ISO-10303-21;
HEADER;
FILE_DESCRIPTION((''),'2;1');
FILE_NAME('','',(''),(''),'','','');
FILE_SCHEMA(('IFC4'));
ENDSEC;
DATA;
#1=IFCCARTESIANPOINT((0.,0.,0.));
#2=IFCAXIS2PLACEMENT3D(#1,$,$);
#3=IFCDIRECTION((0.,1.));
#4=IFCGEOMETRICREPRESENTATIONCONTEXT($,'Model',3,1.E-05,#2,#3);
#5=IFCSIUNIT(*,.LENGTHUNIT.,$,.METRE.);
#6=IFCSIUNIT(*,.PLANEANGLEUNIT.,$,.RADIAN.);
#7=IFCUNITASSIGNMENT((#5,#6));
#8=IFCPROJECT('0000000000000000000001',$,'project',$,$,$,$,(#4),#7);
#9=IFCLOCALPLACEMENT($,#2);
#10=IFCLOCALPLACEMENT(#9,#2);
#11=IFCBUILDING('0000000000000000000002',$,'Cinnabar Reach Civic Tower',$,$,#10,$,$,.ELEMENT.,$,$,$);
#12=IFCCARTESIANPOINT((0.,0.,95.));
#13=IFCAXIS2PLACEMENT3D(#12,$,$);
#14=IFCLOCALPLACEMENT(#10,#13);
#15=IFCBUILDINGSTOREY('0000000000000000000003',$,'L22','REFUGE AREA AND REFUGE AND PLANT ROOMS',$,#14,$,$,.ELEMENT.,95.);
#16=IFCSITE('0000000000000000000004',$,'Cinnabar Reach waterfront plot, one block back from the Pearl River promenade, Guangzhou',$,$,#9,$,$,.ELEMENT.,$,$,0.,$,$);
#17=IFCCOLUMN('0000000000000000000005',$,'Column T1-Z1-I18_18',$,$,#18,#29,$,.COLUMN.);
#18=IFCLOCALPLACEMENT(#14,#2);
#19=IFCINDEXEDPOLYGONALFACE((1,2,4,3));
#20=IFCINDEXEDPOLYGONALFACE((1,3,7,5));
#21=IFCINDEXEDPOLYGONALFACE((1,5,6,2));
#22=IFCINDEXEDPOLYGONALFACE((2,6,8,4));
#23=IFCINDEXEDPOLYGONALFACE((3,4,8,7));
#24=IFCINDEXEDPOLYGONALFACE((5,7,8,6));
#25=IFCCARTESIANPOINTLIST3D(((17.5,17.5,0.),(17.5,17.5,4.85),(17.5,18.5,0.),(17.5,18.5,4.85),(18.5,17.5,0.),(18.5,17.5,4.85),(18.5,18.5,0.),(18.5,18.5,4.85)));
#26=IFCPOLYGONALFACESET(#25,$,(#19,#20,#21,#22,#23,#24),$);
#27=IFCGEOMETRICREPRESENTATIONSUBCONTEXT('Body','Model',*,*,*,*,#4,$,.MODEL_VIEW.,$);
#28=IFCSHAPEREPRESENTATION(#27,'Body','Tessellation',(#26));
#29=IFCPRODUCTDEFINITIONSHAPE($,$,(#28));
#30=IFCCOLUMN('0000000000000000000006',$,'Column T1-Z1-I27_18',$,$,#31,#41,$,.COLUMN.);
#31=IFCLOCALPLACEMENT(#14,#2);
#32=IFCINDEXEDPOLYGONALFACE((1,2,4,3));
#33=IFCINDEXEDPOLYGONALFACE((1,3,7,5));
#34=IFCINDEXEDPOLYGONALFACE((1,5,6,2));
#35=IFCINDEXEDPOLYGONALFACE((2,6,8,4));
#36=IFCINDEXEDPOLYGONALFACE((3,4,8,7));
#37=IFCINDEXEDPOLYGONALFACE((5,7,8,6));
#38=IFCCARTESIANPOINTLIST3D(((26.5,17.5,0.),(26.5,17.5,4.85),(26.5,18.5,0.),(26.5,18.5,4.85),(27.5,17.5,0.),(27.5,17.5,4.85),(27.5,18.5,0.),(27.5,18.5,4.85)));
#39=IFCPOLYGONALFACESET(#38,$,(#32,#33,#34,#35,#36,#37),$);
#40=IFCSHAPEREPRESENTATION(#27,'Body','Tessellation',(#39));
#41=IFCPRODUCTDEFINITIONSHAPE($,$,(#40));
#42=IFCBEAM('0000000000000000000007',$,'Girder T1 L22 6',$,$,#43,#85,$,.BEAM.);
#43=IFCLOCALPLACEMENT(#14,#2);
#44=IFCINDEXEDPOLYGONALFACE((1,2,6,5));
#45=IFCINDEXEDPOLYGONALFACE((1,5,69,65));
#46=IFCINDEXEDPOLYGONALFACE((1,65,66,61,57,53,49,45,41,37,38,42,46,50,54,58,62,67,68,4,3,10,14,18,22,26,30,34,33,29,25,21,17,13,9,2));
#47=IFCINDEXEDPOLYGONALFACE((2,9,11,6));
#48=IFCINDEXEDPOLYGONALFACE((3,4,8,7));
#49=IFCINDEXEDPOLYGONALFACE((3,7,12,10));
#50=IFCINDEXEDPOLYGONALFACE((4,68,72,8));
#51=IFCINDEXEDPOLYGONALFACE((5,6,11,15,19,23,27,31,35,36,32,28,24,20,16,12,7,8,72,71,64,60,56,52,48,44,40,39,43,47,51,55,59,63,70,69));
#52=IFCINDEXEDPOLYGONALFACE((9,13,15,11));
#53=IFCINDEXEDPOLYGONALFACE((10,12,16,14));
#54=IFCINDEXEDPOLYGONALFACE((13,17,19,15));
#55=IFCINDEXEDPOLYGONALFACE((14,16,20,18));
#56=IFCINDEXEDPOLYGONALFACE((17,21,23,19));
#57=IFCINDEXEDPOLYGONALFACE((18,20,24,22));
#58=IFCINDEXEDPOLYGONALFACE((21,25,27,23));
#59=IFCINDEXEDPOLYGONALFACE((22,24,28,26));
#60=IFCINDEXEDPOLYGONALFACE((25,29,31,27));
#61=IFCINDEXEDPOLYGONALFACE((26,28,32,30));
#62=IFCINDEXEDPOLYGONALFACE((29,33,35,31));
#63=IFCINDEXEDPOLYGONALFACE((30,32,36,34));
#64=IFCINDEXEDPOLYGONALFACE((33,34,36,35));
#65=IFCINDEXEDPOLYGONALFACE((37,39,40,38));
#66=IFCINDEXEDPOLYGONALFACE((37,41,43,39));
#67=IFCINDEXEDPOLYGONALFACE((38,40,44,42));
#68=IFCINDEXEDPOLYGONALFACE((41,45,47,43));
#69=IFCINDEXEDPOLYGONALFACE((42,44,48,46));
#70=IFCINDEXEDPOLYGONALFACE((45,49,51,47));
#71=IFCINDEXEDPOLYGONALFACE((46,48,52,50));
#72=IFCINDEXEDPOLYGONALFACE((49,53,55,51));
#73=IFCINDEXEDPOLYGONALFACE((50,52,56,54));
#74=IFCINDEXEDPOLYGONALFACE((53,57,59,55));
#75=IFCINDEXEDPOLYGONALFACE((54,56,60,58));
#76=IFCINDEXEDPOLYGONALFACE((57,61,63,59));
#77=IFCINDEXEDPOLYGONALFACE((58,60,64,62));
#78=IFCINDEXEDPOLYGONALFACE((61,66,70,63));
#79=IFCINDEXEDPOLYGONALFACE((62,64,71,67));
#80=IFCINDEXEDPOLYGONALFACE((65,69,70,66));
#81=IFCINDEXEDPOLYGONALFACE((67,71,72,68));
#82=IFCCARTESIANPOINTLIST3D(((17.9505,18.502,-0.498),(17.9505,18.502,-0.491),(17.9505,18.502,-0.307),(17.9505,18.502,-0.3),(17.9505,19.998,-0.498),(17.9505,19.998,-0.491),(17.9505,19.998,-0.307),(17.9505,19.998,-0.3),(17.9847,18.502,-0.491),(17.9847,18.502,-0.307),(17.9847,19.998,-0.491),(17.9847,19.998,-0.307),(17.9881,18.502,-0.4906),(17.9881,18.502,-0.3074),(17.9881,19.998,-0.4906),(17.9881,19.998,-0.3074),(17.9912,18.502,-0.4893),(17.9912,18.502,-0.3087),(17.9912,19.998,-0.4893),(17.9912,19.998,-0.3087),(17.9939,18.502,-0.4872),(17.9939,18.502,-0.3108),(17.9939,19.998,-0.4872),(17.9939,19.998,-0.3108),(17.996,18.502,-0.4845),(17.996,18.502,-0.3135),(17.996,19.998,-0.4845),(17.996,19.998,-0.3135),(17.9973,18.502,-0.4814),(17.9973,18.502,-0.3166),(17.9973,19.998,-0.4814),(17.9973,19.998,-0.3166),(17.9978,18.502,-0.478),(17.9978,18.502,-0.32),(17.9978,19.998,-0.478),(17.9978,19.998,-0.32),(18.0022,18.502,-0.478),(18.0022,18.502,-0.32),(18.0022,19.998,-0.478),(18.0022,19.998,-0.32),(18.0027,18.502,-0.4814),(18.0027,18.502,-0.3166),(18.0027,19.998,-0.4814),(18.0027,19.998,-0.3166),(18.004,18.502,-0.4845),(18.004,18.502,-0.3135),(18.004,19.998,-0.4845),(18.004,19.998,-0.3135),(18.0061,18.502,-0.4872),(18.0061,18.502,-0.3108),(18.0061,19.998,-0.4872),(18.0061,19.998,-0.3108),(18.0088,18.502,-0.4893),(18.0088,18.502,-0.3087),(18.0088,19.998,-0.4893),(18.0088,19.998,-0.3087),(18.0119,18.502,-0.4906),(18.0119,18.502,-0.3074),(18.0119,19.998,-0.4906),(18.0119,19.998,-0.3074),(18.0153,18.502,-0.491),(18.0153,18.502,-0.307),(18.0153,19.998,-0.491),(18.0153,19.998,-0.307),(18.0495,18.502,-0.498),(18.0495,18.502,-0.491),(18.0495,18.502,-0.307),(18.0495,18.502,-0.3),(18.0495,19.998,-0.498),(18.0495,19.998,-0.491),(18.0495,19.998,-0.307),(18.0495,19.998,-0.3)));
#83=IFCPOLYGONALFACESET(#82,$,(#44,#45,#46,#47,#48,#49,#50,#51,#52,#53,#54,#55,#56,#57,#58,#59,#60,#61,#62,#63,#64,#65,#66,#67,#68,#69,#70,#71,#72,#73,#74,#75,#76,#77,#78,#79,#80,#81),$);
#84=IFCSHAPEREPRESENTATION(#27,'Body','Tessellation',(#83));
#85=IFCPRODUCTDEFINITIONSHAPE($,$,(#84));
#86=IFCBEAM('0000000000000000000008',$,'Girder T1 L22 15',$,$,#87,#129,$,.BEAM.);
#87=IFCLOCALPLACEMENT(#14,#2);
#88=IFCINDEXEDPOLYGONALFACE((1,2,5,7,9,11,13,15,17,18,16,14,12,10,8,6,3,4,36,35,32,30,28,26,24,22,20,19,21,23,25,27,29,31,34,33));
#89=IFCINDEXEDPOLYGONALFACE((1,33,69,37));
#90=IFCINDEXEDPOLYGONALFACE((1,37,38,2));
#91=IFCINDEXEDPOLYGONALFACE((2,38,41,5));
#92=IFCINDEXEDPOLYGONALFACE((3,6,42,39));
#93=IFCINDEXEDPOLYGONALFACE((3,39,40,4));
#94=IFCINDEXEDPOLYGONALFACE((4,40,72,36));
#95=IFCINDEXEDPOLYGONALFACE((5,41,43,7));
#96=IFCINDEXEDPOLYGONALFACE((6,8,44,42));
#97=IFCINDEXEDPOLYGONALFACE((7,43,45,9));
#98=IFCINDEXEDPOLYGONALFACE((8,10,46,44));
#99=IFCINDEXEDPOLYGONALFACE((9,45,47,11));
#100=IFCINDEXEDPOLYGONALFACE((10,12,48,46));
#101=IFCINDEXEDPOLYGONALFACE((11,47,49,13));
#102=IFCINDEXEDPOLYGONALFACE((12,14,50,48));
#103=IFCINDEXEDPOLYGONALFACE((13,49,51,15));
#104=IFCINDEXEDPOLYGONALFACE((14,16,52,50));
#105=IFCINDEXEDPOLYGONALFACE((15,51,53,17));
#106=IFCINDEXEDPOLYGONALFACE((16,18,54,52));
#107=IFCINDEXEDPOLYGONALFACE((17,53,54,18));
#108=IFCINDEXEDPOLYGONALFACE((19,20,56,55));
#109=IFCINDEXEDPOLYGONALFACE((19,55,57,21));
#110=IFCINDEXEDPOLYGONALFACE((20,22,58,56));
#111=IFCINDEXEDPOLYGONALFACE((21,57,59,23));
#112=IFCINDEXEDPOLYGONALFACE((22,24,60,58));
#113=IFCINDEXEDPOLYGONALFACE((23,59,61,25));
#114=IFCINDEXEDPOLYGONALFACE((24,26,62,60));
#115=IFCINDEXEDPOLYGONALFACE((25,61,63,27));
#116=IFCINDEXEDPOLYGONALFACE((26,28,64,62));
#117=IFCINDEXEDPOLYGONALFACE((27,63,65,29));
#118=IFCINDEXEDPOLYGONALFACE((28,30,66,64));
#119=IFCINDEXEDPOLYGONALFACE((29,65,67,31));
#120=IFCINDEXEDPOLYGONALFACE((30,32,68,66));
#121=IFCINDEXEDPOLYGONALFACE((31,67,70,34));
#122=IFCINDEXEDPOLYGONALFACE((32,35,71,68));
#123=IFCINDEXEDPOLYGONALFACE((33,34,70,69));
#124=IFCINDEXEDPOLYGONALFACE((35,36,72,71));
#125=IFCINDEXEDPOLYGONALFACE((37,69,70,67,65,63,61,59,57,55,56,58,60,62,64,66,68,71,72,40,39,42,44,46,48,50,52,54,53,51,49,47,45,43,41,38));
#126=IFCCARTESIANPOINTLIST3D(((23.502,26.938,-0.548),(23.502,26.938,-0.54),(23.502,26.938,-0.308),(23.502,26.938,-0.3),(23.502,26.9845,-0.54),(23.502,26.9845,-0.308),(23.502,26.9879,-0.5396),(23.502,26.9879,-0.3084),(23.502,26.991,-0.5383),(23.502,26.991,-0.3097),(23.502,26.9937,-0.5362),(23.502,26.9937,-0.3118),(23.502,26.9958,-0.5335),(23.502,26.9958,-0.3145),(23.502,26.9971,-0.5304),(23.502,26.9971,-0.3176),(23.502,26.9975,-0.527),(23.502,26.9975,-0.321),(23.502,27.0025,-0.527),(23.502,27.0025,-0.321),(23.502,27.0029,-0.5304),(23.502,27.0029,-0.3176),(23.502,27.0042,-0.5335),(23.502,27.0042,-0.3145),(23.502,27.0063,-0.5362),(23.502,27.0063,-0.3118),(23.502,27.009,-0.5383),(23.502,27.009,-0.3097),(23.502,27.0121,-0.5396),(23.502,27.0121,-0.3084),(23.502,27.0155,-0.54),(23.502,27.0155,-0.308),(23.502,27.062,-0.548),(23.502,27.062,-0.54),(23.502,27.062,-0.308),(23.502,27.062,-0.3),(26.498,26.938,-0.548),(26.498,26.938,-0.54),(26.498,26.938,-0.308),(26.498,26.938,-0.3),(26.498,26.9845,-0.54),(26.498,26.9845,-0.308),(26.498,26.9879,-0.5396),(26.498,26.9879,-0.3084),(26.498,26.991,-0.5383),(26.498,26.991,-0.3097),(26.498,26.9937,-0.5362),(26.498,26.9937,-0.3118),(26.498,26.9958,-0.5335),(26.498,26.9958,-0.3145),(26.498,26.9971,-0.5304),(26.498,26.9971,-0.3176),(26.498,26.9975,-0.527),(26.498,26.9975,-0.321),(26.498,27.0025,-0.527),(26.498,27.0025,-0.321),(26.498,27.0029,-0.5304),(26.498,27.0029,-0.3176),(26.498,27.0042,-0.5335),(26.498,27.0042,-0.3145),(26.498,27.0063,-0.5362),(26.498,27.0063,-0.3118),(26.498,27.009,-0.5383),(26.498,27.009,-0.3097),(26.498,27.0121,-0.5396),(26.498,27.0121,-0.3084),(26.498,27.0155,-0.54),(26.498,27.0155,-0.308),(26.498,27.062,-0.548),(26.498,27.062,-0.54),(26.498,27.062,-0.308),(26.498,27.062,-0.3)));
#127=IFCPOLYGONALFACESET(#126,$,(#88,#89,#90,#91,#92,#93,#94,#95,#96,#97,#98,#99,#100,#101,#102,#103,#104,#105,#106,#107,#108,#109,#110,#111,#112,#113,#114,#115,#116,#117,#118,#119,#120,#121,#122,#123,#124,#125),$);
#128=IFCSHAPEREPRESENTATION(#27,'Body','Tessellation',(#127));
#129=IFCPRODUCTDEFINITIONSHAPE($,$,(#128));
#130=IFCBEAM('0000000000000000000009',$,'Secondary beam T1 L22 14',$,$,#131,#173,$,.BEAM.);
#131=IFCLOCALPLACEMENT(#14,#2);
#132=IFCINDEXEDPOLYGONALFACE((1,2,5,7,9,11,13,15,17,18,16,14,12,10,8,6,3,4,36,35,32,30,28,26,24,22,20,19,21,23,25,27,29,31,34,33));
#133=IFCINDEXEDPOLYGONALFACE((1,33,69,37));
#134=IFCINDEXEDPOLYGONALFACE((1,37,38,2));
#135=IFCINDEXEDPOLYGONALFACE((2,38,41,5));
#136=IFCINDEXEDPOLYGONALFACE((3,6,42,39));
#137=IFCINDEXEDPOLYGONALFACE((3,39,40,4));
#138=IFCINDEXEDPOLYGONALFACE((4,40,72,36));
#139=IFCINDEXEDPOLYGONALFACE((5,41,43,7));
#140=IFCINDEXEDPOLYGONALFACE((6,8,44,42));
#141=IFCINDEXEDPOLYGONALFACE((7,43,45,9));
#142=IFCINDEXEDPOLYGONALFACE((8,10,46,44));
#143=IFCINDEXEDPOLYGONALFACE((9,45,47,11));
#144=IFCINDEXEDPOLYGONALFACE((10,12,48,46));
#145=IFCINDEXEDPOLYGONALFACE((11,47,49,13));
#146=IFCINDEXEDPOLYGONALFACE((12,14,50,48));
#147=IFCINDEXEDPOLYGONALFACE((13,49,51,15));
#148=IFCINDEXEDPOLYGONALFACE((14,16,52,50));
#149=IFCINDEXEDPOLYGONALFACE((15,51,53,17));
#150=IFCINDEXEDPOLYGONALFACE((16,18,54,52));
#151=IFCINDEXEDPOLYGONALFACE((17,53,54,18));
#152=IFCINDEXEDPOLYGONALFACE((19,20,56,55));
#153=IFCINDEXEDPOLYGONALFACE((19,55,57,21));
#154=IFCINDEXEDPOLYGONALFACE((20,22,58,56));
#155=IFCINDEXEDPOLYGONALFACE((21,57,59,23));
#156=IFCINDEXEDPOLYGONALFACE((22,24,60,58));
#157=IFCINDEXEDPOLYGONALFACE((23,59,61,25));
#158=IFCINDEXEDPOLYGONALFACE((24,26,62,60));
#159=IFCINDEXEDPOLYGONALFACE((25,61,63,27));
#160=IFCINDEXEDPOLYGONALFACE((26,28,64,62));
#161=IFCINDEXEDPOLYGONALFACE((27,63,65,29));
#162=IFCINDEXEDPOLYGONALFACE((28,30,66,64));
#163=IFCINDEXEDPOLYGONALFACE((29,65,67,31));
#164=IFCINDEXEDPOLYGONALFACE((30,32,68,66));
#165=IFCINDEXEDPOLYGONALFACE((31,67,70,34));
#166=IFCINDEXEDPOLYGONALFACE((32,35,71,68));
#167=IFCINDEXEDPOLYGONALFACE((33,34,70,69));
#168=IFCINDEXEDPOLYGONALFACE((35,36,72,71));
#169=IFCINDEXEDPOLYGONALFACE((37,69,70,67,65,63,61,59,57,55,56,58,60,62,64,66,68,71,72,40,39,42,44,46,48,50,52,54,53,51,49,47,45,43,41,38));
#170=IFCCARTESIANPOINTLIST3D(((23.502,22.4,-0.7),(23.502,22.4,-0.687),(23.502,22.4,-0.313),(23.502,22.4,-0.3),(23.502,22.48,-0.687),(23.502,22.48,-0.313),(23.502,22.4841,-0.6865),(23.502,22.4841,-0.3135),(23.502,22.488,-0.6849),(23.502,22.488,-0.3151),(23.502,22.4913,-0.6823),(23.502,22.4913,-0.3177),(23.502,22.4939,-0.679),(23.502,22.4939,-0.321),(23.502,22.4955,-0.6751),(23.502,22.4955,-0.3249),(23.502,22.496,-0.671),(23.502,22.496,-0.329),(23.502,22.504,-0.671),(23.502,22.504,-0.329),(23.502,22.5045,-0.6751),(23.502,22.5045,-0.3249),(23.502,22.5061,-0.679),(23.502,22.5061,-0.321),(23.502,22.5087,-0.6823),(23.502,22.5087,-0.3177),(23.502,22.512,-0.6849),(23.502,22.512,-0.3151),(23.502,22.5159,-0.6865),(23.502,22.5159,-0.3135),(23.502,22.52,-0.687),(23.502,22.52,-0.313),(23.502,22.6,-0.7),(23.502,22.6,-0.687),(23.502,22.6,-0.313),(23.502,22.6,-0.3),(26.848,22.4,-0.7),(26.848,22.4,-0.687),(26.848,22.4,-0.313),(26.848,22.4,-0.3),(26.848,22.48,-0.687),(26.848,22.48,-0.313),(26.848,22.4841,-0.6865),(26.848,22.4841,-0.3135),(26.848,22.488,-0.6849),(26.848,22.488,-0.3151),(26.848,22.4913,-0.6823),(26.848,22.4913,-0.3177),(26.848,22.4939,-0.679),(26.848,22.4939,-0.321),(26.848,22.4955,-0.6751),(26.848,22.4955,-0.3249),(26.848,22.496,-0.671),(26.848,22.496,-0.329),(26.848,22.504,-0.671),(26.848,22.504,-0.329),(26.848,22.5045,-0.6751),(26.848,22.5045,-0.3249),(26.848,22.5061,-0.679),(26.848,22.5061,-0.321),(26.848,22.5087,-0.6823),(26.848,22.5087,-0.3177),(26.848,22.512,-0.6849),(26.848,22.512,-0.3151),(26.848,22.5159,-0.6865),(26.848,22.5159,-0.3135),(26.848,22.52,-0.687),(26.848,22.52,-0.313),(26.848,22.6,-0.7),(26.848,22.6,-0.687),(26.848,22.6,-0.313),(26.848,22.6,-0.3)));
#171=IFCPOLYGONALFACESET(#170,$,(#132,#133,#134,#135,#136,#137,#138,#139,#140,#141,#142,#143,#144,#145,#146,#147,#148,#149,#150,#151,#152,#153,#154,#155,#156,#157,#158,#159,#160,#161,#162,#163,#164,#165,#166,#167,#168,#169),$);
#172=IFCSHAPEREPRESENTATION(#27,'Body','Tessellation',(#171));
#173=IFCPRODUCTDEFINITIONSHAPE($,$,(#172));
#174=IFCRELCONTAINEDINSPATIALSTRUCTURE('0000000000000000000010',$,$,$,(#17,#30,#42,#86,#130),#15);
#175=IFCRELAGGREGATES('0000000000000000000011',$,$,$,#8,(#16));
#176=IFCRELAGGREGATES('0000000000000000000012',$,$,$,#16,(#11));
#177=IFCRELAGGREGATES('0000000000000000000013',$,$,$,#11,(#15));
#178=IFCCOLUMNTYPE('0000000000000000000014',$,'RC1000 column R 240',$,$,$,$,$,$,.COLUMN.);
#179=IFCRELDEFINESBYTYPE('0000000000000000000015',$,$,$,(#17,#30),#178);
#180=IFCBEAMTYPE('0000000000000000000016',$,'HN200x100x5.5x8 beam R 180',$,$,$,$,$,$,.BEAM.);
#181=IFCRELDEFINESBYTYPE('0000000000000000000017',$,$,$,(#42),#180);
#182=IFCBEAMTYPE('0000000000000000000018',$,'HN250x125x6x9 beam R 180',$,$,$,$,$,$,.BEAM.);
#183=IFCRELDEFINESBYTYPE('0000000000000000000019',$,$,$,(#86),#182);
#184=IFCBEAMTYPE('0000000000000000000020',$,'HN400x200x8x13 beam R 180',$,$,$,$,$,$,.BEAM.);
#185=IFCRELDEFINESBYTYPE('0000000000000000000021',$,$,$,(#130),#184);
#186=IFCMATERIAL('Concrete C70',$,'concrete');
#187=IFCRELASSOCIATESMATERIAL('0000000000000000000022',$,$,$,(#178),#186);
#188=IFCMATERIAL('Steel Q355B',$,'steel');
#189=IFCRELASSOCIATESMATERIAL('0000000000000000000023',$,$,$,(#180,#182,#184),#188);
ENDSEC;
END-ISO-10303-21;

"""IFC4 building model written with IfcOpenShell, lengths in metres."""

from ifc_helpers import new_model, si_unit, direction, frame, origin, origin_2d, place, context, subcontext, project, spatial, rectangle, i_section, extrude, material, material_profile, profile_set, type_object, element, save


model = new_model("IFC4")

# Units and contexts
model_context = context("Model", 3, precision=1e-05, world=origin(), true_north=direction((0.0, 1.0)))
body_context = subcontext(model_context, "Body", "Model", "MODEL_VIEW")
ifc_project = project(units=[si_unit("LENGTHUNIT", "METRE"), si_unit("PLANEANGLEUNIT", "RADIAN")], contexts=[model_context])

# Site, building, storey
site_placement = place(None, origin())
site = spatial("IfcSite", under=ifc_project, at=site_placement, Name="Cinnabar Reach waterfront plot, one block back from the Pearl River promenade, Guangzhou", CompositionType="ELEMENT", RefElevation=0.0)
building_placement = place(site_placement, origin())
building = spatial("IfcBuilding", under=site, at=building_placement, Name="Cinnabar Reach Civic Tower", CompositionType="ELEMENT")
storey_placement = place(building_placement, frame((0.0, 0.0, 95.0)))
storey = spatial("IfcBuildingStorey", under=building, at=storey_placement, Name="L22", Description="REFUGE AREA AND REFUGE AND PLANT ROOMS", CompositionType="ELEMENT", Elevation=95.0)

# Columns
ifc_material_1 = material(Name="Concrete C70", Category="concrete")
ifc_material_profile_1 = material_profile(ifc_material_1, rectangle(XDim=1.0, YDim=1.0, at=origin_2d()), Name="RC1000")
ifc_profile_set_1 = profile_set([ifc_material_profile_1], Name="Concrete C70")
column_type = type_object("IfcColumnType", Name="RC1000 column R 240", PredefinedType="COLUMN", material=ifc_profile_set_1)
for number, where, z_axis, x_axis, name in (
    (1, (18.0, 18.0, 0.0), (0.0, 0.0, 1.0), (1.0, 0.0, 0.0), "Column T1-Z1-I18_18"),
    (2, (27.0, 18.0, 0.0), (0.0, 0.0, 1.0), (1.0, 0.0, 0.0), "Column T1-Z1-I27_18"),
):
    element("IfcColumn", number, at=place(storey_placement, frame(where, z_axis=z_axis, x_axis=x_axis)), inside=storey, type_object=column_type, Name=name, PredefinedType="COLUMN", context=body_context, shape_type="SweptSolid", body=[
        extrude(rectangle(XDim=1.0, YDim=1.0, at=origin_2d()), origin(), (0.0, 0.0, 1.0), 4.85),
    ])

# Beams
ifc_material_2 = material(Name="Steel Q355B", Category="steel")
ifc_material_profile_2 = material_profile(ifc_material_2, i_section(OverallWidth=0.099, OverallDepth=0.198, WebThickness=0.0045, FlangeThickness=0.007, FilletRadius=0.013, at=origin_2d()), Name="HN200x100x5.5x8")
ifc_profile_set_2 = profile_set([ifc_material_profile_2], Name="Steel Q355B")
beam_type_1 = type_object("IfcBeamType", Name="HN200x100x5.5x8 beam R 180", PredefinedType="BEAM", material=ifc_profile_set_2)
beam_1_placement = place(storey_placement, frame((18.0, 18.502, -0.399), z_axis=(0.0, 1.0, 0.0), x_axis=(-1.0, 0.0, 0.0)))
element("IfcBeam", 3, at=beam_1_placement, inside=storey, type_object=beam_type_1, Name="Girder T1 L22 6", PredefinedType="BEAM", context=body_context, shape_type="SweptSolid", body=[
    extrude(i_section(OverallWidth=0.099, OverallDepth=0.198, WebThickness=0.0045, FlangeThickness=0.007, FilletRadius=0.013, at=origin_2d()), origin(), (0.0, 0.0, 1.0), 1.496),
])
ifc_material_profile_3 = material_profile(ifc_material_2, i_section(OverallWidth=0.124, OverallDepth=0.248, WebThickness=0.005, FlangeThickness=0.008, FilletRadius=0.013, at=origin_2d()), Name="HN250x125x6x9")
ifc_profile_set_3 = profile_set([ifc_material_profile_3], Name="Steel Q355B")
beam_type_2 = type_object("IfcBeamType", Name="HN250x125x6x9 beam R 180", PredefinedType="BEAM", material=ifc_profile_set_3)
beam_2_placement = place(storey_placement, frame((23.502, 27.0, -0.424), z_axis=(1.0, 0.0, 0.0), x_axis=(0.0, 1.0, 0.0)))
element("IfcBeam", 4, at=beam_2_placement, inside=storey, type_object=beam_type_2, Name="Girder T1 L22 15", PredefinedType="BEAM", context=body_context, shape_type="SweptSolid", body=[
    extrude(i_section(OverallWidth=0.124, OverallDepth=0.248, WebThickness=0.005, FlangeThickness=0.008, FilletRadius=0.013, at=origin_2d()), origin(), (0.0, 0.0, 1.0), 2.996),
])
ifc_material_profile_4 = material_profile(ifc_material_2, i_section(OverallWidth=0.2, OverallDepth=0.4, WebThickness=0.008, FlangeThickness=0.013, FilletRadius=0.016, at=origin_2d()), Name="HN400x200x8x13")
ifc_profile_set_4 = profile_set([ifc_material_profile_4], Name="Steel Q355B")
beam_type_3 = type_object("IfcBeamType", Name="HN400x200x8x13 beam R 180", PredefinedType="BEAM", material=ifc_profile_set_4)
beam_3_placement = place(storey_placement, frame((23.502, 22.5, -0.5), z_axis=(1.0, 0.0, 0.0), x_axis=(0.0, 1.0, 0.0)))
element("IfcBeam", 5, at=beam_3_placement, inside=storey, type_object=beam_type_3, Name="Secondary beam T1 L22 14", PredefinedType="BEAM", context=body_context, shape_type="SweptSolid", body=[
    extrude(i_section(OverallWidth=0.2, OverallDepth=0.4, WebThickness=0.008, FlangeThickness=0.013, FilletRadius=0.016, at=origin_2d()), origin(), (0.0, 0.0, 1.0), 3.346),
])

save(model, "model.ifc")
